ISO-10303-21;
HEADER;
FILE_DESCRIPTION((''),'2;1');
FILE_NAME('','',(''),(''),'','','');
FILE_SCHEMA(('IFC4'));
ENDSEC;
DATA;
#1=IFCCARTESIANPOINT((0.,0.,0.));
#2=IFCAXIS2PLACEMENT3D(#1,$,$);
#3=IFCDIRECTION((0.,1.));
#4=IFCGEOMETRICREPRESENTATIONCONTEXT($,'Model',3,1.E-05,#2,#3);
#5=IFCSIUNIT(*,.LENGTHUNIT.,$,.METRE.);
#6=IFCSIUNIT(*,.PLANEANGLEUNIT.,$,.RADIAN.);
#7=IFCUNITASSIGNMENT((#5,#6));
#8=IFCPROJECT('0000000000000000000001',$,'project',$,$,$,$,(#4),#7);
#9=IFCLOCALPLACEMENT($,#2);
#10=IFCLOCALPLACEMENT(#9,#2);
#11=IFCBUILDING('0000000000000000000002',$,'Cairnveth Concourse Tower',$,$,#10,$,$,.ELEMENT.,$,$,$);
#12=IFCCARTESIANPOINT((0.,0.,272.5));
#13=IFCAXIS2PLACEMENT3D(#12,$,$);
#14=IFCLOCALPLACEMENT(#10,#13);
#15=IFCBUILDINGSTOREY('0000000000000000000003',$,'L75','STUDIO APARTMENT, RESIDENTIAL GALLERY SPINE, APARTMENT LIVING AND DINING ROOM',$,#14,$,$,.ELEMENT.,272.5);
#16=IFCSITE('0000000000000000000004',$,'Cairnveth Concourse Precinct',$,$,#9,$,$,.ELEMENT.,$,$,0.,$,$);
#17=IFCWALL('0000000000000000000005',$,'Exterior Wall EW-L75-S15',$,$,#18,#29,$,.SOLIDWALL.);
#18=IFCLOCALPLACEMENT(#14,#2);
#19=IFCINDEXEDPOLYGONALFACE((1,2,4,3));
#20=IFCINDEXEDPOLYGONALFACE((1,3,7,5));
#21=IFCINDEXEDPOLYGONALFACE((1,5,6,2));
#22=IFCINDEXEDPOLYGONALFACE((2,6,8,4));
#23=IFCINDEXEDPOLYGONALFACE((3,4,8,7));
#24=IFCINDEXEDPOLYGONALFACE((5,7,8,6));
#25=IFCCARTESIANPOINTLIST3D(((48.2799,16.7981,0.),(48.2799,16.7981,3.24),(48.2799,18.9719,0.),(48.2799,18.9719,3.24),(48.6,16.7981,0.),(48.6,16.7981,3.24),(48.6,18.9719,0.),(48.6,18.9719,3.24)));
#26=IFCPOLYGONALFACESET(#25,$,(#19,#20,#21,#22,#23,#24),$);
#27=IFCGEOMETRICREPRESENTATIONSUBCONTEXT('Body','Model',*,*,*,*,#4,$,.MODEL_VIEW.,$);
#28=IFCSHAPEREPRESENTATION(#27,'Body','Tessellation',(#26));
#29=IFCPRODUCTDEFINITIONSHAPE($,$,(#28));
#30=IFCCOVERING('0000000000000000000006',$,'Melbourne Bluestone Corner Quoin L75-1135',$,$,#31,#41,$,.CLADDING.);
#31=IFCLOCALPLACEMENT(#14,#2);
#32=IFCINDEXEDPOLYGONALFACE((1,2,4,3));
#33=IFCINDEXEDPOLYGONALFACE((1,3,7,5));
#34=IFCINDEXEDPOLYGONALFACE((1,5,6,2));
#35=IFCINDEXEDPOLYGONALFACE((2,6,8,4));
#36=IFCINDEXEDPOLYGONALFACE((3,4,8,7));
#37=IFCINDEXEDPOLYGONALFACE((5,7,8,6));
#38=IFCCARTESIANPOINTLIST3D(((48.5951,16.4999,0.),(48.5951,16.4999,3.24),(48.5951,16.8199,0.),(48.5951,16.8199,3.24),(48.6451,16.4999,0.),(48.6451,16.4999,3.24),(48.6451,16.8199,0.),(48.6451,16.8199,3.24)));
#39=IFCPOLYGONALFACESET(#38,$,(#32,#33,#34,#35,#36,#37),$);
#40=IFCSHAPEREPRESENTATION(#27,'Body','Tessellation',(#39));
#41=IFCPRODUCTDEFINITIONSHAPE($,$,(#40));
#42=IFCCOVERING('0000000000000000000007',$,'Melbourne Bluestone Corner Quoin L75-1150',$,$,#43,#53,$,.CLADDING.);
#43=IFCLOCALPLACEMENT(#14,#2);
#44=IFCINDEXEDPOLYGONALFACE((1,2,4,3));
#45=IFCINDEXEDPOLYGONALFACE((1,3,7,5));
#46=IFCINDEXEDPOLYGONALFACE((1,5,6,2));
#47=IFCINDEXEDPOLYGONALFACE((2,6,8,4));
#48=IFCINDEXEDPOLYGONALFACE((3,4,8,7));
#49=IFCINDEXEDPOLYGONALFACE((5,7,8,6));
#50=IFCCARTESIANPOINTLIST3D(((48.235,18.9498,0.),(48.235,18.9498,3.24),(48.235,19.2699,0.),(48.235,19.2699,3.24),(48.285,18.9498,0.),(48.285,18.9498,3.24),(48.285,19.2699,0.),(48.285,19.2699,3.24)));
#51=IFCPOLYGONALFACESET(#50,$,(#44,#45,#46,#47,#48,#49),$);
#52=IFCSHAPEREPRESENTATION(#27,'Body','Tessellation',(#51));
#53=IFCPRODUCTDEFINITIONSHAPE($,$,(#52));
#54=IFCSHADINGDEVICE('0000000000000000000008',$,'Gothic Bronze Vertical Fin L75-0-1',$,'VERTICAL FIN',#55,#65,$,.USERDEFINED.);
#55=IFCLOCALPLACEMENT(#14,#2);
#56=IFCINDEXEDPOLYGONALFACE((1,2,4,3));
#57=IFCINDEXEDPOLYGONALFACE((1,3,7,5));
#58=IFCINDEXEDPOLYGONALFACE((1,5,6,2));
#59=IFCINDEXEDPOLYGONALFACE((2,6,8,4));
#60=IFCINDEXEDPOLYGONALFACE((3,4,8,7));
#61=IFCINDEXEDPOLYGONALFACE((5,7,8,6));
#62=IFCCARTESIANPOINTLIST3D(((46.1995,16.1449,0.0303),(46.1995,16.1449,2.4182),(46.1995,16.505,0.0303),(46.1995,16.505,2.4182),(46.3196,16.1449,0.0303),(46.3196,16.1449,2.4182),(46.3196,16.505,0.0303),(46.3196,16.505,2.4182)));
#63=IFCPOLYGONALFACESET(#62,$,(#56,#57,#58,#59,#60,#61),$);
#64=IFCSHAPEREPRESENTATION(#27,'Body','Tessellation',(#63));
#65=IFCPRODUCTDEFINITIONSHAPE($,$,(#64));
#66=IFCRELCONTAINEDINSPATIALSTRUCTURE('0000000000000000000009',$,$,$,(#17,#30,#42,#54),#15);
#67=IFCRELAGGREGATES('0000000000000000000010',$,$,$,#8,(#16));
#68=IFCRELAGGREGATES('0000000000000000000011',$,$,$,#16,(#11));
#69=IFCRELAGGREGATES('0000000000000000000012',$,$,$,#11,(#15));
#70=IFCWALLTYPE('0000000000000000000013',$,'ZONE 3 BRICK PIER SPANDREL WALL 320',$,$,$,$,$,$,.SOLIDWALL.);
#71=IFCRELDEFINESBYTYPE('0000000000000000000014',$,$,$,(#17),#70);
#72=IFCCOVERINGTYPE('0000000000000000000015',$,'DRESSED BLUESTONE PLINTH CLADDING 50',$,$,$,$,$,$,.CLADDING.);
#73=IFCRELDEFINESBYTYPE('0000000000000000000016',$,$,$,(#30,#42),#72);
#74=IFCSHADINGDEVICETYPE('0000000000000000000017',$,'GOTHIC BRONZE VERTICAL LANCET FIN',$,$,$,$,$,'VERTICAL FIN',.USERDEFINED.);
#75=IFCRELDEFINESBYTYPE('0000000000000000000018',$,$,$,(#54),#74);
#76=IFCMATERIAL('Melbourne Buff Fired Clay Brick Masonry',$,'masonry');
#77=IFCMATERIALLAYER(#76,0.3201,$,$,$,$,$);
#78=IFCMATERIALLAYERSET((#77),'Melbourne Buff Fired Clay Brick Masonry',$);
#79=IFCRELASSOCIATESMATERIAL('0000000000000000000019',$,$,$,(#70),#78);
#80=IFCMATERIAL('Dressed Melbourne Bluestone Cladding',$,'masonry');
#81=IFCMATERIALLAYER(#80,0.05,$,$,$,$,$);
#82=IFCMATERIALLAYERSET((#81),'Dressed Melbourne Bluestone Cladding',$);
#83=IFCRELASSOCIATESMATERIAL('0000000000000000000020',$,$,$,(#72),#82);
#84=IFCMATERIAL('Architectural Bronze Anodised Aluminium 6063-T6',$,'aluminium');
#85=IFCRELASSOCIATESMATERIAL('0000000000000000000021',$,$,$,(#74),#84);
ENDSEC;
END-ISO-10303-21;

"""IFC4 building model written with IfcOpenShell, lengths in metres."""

from ifc_helpers import new_model, si_unit, direction, frame, frame_2d, origin, origin_2d, place, context, subcontext, project, spatial, rectangle, extrude, material, layer, layer_set, type_object, element, save


model = new_model("IFC4")

# Units and contexts
model_context = context("Model", 3, precision=1e-05, world=origin(), true_north=direction((0.0, 1.0)))
body_context = subcontext(model_context, "Body", "Model", "MODEL_VIEW")
ifc_project = project(units=[si_unit("LENGTHUNIT", "METRE"), si_unit("PLANEANGLEUNIT", "RADIAN")], contexts=[model_context])

# Site, building, storey
site_placement = place(None, origin())
site = spatial("IfcSite", under=ifc_project, at=site_placement, Name="Cairnveth Concourse Precinct", CompositionType="ELEMENT", RefElevation=0.0)
building_placement = place(site_placement, origin())
building = spatial("IfcBuilding", under=site, at=building_placement, Name="Cairnveth Concourse Tower", CompositionType="ELEMENT")
storey_placement = place(building_placement, frame((0.0, 0.0, 272.5)))
storey = spatial("IfcBuildingStorey", under=building, at=storey_placement, Name="L75", Description="STUDIO APARTMENT, RESIDENTIAL GALLERY SPINE, APARTMENT LIVING AND DINING ROOM", CompositionType="ELEMENT", Elevation=272.5)

# Shared definitions
ifc_material_1 = material(Name="Dressed Melbourne Bluestone Cladding", Category="masonry")

# Shared definitions
ifc_material_2 = material(Name="Melbourne Buff Fired Clay Brick Masonry", Category="masonry")
ifc_layer_1 = layer(ifc_material_2, 0.3201)
ifc_layer_set_1 = layer_set([ifc_layer_1], Name="Melbourne Buff Fired Clay Brick Masonry")
wall_type_1 = type_object("IfcWallType", Name="ZONE 3 BRICK PIER SPANDREL WALL 320", PredefinedType="SOLIDWALL", material=ifc_layer_set_1)

# Wall
wall_1_placement = place(storey_placement, frame((48.4399, 18.9719, 0.0), z_axis=(0.0, 0.0, 1.0), x_axis=(0.0, -1.0, 0.0)))
element("IfcWall", 1, at=wall_1_placement, inside=storey, type_object=wall_type_1, Name="Exterior Wall EW-L75-S15", PredefinedType="SOLIDWALL", context=body_context, shape_type="SweptSolid", body=[
    extrude(rectangle(XDim=2.1738, YDim=0.3201, at=frame_2d((1.0869, 0.0))), origin(), (0.0, 0.0, 1.0), 3.24),
])

# Coverings
ifc_layer_2 = layer(ifc_material_1, 0.05)
ifc_layer_set_2 = layer_set([ifc_layer_2], Name="Dressed Melbourne Bluestone Cladding")
covering_type = type_object("IfcCoveringType", Name="DRESSED BLUESTONE PLINTH CLADDING 50", PredefinedType="CLADDING", material=ifc_layer_set_2)
for number, where, z_axis, x_axis, name in (
    (2, (48.6201, 16.8201, 0.0), (0.0, 0.0, 1.0), (0.0, -1.0, 0.0), "Melbourne Bluestone Corner Quoin L75-1135"),
    (3, (48.26, 19.27, 0.0), (0.0, 0.0, 1.0), (0.0, -1.0, 0.0), "Melbourne Bluestone Corner Quoin L75-1150"),
):
    element("IfcCovering", number, at=place(storey_placement, frame(where, z_axis=z_axis, x_axis=x_axis)), inside=storey, type_object=covering_type, Name=name, PredefinedType="CLADDING", context=body_context, shape_type="SweptSolid", body=[
        extrude(rectangle(XDim=0.3201, YDim=0.05, at=frame_2d((0.1602, 0.0))), origin(), (0.0, 0.0, 1.0), 3.24),
    ])

# Shading device
ifc_material_3 = material(Name="Architectural Bronze Anodised Aluminium 6063-T6", Category="aluminium")
shading_device_type = type_object("IfcShadingDeviceType", Name="GOTHIC BRONZE VERTICAL LANCET FIN", ElementType="VERTICAL FIN", PredefinedType="USERDEFINED", material=ifc_material_3)
shading_device_placement = place(storey_placement, frame((46.2595, 16.325, 0.0303), z_axis=(0.0, 0.0, 1.0), x_axis=(1.0, 0.0, 0.0)))
element("IfcShadingDevice", 4, at=shading_device_placement, inside=storey, type_object=shading_device_type, Name="Gothic Bronze Vertical Fin L75-0-1", ObjectType="VERTICAL FIN", PredefinedType="USERDEFINED", context=body_context, shape_type="SweptSolid", body=[
    extrude(rectangle(XDim=0.1201, YDim=0.3601, at=origin_2d()), origin(), (0.0, 0.0, 1.0), 2.3879),
])

save(model, "model.ifc")
